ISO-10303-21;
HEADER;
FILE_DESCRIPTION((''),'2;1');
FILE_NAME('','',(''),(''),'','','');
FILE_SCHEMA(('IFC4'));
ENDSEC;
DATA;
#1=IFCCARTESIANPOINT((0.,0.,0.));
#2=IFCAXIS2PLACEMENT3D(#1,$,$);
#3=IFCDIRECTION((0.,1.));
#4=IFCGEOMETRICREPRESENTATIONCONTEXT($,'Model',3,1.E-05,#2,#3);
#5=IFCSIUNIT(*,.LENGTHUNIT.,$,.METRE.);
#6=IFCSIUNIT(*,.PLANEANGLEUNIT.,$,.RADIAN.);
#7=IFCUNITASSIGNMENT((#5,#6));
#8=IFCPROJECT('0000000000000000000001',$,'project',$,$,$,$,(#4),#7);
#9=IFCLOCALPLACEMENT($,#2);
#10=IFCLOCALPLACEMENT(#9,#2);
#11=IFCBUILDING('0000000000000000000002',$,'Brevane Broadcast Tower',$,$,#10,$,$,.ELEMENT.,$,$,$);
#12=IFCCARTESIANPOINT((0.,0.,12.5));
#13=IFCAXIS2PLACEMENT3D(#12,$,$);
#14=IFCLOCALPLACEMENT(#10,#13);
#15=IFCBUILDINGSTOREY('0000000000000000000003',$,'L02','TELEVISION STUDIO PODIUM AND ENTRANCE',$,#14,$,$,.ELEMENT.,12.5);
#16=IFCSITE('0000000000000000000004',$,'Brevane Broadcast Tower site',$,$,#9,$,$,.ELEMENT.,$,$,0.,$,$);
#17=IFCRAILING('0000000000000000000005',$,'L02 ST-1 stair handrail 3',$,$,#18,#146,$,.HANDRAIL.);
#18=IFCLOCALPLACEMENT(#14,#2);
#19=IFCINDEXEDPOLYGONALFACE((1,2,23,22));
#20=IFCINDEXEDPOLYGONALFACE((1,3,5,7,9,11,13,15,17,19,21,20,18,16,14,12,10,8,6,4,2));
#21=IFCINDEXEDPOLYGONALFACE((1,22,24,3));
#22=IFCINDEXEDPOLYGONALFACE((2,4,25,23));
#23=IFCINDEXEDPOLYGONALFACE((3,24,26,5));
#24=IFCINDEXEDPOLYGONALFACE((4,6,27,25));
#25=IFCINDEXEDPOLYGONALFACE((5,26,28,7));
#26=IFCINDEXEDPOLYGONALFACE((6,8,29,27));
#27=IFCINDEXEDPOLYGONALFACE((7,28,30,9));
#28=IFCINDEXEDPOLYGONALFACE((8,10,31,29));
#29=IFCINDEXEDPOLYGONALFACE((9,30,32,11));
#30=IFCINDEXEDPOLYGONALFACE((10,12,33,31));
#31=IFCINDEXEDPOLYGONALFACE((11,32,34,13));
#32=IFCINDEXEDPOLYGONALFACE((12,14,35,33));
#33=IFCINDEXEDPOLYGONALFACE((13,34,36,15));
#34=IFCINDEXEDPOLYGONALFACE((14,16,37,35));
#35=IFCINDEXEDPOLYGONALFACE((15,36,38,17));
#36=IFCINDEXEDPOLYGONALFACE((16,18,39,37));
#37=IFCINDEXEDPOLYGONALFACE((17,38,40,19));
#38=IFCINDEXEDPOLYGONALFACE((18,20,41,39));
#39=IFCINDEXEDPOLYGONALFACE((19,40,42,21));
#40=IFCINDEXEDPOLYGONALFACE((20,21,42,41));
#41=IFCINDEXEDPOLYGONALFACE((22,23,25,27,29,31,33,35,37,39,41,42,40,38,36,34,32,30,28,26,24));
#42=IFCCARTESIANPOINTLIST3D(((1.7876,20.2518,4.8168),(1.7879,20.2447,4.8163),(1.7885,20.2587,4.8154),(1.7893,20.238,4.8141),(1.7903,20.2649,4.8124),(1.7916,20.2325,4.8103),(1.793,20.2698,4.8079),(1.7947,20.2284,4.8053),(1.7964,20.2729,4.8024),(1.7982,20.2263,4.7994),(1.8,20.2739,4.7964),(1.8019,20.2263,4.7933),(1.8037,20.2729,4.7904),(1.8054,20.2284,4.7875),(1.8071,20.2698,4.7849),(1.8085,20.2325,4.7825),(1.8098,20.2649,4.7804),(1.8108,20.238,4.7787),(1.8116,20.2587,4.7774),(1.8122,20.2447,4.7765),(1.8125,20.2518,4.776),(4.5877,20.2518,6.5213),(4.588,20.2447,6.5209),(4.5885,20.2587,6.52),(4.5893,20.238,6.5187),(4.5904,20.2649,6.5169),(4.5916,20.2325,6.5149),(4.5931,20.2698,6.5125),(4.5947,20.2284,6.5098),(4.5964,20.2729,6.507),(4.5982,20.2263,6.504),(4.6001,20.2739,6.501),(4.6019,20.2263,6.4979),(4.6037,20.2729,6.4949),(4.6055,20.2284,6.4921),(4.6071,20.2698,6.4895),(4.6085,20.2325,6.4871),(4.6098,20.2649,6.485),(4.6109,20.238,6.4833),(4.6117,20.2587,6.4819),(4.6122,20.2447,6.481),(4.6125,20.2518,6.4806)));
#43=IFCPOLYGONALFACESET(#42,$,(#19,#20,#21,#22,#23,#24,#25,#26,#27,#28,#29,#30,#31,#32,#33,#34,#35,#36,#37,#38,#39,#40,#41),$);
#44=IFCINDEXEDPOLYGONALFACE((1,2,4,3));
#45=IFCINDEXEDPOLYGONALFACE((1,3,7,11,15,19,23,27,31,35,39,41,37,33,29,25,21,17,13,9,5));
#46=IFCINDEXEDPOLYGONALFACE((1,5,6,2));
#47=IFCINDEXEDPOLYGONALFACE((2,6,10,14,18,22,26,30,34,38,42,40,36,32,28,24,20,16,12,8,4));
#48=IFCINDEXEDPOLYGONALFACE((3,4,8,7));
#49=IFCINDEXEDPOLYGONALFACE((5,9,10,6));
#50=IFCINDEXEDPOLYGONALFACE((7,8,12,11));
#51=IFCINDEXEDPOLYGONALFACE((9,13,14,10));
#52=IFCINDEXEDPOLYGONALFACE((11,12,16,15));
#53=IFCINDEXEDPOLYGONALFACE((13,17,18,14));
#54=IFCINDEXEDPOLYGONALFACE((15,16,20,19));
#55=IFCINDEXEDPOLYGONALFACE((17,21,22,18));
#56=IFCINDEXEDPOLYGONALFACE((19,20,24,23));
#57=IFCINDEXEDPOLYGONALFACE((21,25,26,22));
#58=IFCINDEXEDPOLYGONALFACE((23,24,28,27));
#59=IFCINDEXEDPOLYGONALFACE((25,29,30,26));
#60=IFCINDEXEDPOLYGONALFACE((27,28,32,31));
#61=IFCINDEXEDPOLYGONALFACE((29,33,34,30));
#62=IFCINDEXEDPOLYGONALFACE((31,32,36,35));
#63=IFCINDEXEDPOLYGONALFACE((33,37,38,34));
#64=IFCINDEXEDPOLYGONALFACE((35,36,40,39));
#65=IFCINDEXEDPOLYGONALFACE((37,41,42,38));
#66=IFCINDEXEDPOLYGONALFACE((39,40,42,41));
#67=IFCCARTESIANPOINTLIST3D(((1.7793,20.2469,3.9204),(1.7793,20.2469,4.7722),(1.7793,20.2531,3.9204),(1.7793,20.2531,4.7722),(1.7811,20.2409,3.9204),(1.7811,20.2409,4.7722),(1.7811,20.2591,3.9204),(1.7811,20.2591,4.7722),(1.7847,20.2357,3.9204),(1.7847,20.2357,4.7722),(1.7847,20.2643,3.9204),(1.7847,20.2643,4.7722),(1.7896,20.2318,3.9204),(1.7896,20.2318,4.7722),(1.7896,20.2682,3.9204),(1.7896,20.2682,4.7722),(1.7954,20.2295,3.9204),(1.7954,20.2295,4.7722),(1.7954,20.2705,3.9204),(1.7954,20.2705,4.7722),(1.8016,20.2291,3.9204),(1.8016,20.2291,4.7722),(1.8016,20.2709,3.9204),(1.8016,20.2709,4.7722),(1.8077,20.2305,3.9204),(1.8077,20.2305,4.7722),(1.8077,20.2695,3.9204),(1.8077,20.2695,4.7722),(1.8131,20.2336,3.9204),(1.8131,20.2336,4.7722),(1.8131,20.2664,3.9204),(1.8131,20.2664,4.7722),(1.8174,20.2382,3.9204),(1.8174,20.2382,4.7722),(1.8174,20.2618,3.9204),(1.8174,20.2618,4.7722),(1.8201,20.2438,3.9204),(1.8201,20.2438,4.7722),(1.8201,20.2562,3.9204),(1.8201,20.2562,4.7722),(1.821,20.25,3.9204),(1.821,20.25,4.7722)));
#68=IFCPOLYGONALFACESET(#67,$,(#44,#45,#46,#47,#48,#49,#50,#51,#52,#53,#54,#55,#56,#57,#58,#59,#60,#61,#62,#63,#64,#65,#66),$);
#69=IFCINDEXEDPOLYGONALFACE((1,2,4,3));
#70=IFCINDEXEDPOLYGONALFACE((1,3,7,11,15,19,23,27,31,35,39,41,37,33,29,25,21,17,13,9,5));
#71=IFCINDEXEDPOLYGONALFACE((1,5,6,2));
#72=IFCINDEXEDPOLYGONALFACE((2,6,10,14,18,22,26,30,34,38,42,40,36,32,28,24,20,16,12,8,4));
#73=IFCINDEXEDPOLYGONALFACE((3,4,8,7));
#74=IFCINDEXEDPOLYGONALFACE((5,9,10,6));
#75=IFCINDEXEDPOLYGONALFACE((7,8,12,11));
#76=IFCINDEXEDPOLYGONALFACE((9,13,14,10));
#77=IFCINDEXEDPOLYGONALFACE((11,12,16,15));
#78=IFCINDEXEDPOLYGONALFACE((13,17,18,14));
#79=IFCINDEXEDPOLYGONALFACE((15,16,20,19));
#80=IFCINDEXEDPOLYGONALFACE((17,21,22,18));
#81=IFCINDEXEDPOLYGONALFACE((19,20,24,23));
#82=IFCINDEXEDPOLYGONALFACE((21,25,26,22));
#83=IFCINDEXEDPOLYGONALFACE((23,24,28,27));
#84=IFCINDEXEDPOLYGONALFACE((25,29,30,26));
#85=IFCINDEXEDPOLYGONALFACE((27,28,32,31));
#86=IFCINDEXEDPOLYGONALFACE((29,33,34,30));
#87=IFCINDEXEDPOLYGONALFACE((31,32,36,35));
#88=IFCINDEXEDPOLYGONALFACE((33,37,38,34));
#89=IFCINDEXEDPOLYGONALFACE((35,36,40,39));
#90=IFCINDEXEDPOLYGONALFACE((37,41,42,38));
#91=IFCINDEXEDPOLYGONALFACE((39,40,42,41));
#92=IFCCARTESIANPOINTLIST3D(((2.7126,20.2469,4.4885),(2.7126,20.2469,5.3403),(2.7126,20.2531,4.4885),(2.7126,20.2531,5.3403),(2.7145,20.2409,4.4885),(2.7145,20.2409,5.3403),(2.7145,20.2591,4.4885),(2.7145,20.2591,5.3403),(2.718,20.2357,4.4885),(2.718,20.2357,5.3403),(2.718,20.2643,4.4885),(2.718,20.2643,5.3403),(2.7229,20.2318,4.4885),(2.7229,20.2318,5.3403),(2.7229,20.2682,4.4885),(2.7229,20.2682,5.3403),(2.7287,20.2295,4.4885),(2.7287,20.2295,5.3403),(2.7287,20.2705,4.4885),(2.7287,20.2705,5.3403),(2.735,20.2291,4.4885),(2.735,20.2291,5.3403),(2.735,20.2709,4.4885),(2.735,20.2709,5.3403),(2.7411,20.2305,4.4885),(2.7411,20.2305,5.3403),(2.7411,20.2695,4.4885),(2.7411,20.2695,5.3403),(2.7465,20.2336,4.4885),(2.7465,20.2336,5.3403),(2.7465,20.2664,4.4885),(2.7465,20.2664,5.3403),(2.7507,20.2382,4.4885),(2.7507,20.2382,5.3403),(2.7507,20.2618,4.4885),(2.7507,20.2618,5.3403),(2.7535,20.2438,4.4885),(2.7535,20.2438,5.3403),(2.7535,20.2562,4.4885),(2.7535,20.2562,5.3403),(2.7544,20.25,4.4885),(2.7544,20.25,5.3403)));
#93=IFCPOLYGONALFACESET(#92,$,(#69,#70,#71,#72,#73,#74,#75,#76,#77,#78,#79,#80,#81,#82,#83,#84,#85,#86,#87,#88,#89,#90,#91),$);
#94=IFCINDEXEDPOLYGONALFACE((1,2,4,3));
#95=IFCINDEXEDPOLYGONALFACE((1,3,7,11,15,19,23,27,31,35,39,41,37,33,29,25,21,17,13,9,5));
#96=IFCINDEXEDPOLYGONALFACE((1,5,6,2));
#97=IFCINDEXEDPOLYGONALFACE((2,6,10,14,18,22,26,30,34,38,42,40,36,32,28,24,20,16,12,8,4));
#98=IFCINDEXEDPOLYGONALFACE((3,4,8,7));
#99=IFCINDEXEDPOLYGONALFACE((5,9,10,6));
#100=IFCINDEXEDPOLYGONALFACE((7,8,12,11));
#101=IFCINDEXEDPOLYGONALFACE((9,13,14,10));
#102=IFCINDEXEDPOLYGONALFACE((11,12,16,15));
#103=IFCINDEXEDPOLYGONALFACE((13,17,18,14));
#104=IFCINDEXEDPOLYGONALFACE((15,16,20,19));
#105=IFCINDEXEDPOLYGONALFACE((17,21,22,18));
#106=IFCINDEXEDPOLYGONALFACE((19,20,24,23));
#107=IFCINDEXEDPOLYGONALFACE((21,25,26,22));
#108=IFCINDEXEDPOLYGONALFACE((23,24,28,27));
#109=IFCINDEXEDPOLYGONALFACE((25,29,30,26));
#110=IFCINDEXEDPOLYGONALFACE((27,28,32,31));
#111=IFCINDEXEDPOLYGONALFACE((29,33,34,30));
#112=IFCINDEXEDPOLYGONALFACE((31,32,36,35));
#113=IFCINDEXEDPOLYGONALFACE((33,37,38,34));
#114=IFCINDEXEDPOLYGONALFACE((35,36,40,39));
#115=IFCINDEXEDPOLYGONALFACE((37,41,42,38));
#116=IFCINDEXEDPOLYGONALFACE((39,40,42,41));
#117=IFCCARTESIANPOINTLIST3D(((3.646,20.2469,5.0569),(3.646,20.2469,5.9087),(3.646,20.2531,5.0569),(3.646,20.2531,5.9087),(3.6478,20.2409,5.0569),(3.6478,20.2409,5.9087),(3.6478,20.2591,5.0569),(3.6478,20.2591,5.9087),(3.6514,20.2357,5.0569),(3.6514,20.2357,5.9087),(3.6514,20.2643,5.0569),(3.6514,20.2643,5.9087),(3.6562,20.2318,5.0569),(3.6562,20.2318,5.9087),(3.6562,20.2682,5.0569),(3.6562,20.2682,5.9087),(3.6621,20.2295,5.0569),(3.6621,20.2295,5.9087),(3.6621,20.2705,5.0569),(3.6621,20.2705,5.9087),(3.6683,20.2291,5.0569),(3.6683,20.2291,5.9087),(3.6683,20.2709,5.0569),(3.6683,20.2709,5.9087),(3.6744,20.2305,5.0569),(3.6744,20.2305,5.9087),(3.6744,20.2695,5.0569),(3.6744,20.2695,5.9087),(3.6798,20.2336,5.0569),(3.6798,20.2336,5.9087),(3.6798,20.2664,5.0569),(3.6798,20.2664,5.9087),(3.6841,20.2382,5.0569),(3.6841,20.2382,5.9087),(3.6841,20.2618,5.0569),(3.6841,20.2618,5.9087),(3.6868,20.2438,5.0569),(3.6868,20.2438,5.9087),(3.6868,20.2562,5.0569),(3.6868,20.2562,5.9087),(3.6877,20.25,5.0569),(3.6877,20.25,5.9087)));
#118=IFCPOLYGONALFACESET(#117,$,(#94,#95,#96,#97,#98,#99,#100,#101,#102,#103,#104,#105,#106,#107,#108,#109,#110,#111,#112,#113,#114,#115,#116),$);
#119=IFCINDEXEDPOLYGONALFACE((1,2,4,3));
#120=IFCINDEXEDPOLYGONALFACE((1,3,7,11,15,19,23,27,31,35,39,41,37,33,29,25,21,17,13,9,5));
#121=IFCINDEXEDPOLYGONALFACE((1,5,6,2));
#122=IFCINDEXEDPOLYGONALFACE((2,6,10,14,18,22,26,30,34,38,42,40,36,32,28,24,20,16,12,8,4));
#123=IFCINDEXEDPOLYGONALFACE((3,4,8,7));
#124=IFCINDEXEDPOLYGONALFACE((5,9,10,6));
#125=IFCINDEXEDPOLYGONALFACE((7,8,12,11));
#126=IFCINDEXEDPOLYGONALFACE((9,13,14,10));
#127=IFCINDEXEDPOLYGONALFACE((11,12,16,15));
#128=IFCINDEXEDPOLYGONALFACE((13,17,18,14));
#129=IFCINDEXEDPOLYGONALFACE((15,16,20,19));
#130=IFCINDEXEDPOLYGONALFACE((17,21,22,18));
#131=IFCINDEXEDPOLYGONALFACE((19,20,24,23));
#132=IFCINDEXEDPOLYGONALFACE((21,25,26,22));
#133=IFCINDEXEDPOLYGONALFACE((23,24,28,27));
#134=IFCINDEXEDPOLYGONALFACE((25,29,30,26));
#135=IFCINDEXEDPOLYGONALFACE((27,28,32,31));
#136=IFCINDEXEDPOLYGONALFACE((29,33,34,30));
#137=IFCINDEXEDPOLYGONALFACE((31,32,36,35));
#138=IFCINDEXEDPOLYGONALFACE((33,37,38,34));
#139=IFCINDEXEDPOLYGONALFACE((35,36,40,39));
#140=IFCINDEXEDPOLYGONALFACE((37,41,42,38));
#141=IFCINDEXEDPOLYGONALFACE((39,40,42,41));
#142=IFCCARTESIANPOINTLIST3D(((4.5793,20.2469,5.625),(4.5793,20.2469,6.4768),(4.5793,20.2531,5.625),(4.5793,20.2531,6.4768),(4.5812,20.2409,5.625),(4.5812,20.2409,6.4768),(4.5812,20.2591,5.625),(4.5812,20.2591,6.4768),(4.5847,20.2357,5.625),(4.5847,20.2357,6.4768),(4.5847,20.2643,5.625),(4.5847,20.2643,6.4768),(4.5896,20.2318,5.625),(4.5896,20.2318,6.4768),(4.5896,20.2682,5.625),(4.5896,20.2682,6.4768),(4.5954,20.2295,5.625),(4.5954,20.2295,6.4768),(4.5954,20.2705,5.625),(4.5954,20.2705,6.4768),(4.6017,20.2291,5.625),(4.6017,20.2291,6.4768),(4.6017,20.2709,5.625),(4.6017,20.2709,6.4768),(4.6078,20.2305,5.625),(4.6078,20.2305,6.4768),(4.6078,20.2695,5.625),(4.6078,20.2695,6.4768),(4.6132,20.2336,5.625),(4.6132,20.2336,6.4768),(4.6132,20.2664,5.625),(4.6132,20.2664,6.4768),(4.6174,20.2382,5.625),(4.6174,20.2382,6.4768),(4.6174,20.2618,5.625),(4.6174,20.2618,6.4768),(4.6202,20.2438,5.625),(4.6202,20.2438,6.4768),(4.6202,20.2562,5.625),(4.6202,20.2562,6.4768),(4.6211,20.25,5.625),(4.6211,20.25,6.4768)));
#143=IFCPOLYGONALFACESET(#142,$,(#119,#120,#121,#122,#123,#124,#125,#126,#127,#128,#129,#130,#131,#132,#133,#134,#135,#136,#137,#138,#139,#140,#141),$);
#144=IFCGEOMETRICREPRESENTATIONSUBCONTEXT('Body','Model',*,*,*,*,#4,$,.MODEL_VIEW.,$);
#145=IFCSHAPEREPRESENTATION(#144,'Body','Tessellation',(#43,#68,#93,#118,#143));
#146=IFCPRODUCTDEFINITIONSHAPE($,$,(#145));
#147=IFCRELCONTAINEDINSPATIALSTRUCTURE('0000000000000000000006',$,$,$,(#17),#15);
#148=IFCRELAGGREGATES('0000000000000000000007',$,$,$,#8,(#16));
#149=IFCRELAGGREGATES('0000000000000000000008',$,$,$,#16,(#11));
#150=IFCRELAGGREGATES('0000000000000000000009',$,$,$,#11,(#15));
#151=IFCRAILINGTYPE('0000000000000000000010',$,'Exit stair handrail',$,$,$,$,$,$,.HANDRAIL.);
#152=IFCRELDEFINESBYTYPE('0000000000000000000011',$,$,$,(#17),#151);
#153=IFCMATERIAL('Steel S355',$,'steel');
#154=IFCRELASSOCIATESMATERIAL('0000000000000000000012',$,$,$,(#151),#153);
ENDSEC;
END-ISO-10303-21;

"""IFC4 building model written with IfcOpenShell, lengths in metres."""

from ifc_helpers import new_model, si_unit, direction, frame, origin, origin_2d, place, context, subcontext, project, spatial, circle, extrude, material, type_object, element, save


model = new_model("IFC4")

# Units and contexts
model_context = context("Model", 3, precision=1e-05, world=origin(), true_north=direction((0.0, 1.0)))
body_context = subcontext(model_context, "Body", "Model", "MODEL_VIEW")
ifc_project = project(units=[si_unit("LENGTHUNIT", "METRE"), si_unit("PLANEANGLEUNIT", "RADIAN")], contexts=[model_context])

# Site, building, storey
site_placement = place(None, origin())
site = spatial("IfcSite", under=ifc_project, at=site_placement, Name="Brevane Broadcast Tower site", CompositionType="ELEMENT", RefElevation=0.0)
building_placement = place(site_placement, origin())
building = spatial("IfcBuilding", under=site, at=building_placement, Name="Brevane Broadcast Tower", CompositionType="ELEMENT")
storey_placement = place(building_placement, frame((0.0, 0.0, 12.5)))
storey = spatial("IfcBuildingStorey", under=building, at=storey_placement, Name="L02", Description="TELEVISION STUDIO PODIUM AND ENTRANCE", CompositionType="ELEMENT", Elevation=12.5)

# Railing
ifc_material_1 = material(Name="Steel S355", Category="steel")
railing_type_1 = type_object("IfcRailingType", Name="Exit stair handrail", PredefinedType="HANDRAIL", material=ifc_material_1)
for number, where, name in (
    (1, (1.8, 20.25, 3.9204), "L02 ST-1 stair handrail 3"),
):
    element("IfcRailing", number, at=place(storey_placement, frame(where)), inside=storey, type_object=railing_type_1, Name=name, PredefinedType="HANDRAIL", context=body_context, shape_type="SweptSolid", body=[
        extrude(circle(Radius=0.0239, at=origin_2d()), frame((0.0, 0.0, 0.876), z_axis=(0.85417, 0.0, 0.519994), x_axis=(0.0, 1.0, 0.0)), (0.0, 0.0, 1.0), 3.2781),
        extrude(circle(Radius=0.021, at=origin_2d()), origin(), (0.0, 0.0, 1.0), 0.8518),
        extrude(circle(Radius=0.021, at=origin_2d()), frame((0.9333, 0.0, 0.5681)), (0.0, 0.0, 1.0), 0.8518),
        extrude(circle(Radius=0.021, at=origin_2d()), frame((1.8667, 0.0, 1.1365)), (0.0, 0.0, 1.0), 0.8518),
        extrude(circle(Radius=0.021, at=origin_2d()), frame((2.8, 0.0, 1.7046)), (0.0, 0.0, 1.0), 0.8518),
    ])

save(model, "model.ifc")
